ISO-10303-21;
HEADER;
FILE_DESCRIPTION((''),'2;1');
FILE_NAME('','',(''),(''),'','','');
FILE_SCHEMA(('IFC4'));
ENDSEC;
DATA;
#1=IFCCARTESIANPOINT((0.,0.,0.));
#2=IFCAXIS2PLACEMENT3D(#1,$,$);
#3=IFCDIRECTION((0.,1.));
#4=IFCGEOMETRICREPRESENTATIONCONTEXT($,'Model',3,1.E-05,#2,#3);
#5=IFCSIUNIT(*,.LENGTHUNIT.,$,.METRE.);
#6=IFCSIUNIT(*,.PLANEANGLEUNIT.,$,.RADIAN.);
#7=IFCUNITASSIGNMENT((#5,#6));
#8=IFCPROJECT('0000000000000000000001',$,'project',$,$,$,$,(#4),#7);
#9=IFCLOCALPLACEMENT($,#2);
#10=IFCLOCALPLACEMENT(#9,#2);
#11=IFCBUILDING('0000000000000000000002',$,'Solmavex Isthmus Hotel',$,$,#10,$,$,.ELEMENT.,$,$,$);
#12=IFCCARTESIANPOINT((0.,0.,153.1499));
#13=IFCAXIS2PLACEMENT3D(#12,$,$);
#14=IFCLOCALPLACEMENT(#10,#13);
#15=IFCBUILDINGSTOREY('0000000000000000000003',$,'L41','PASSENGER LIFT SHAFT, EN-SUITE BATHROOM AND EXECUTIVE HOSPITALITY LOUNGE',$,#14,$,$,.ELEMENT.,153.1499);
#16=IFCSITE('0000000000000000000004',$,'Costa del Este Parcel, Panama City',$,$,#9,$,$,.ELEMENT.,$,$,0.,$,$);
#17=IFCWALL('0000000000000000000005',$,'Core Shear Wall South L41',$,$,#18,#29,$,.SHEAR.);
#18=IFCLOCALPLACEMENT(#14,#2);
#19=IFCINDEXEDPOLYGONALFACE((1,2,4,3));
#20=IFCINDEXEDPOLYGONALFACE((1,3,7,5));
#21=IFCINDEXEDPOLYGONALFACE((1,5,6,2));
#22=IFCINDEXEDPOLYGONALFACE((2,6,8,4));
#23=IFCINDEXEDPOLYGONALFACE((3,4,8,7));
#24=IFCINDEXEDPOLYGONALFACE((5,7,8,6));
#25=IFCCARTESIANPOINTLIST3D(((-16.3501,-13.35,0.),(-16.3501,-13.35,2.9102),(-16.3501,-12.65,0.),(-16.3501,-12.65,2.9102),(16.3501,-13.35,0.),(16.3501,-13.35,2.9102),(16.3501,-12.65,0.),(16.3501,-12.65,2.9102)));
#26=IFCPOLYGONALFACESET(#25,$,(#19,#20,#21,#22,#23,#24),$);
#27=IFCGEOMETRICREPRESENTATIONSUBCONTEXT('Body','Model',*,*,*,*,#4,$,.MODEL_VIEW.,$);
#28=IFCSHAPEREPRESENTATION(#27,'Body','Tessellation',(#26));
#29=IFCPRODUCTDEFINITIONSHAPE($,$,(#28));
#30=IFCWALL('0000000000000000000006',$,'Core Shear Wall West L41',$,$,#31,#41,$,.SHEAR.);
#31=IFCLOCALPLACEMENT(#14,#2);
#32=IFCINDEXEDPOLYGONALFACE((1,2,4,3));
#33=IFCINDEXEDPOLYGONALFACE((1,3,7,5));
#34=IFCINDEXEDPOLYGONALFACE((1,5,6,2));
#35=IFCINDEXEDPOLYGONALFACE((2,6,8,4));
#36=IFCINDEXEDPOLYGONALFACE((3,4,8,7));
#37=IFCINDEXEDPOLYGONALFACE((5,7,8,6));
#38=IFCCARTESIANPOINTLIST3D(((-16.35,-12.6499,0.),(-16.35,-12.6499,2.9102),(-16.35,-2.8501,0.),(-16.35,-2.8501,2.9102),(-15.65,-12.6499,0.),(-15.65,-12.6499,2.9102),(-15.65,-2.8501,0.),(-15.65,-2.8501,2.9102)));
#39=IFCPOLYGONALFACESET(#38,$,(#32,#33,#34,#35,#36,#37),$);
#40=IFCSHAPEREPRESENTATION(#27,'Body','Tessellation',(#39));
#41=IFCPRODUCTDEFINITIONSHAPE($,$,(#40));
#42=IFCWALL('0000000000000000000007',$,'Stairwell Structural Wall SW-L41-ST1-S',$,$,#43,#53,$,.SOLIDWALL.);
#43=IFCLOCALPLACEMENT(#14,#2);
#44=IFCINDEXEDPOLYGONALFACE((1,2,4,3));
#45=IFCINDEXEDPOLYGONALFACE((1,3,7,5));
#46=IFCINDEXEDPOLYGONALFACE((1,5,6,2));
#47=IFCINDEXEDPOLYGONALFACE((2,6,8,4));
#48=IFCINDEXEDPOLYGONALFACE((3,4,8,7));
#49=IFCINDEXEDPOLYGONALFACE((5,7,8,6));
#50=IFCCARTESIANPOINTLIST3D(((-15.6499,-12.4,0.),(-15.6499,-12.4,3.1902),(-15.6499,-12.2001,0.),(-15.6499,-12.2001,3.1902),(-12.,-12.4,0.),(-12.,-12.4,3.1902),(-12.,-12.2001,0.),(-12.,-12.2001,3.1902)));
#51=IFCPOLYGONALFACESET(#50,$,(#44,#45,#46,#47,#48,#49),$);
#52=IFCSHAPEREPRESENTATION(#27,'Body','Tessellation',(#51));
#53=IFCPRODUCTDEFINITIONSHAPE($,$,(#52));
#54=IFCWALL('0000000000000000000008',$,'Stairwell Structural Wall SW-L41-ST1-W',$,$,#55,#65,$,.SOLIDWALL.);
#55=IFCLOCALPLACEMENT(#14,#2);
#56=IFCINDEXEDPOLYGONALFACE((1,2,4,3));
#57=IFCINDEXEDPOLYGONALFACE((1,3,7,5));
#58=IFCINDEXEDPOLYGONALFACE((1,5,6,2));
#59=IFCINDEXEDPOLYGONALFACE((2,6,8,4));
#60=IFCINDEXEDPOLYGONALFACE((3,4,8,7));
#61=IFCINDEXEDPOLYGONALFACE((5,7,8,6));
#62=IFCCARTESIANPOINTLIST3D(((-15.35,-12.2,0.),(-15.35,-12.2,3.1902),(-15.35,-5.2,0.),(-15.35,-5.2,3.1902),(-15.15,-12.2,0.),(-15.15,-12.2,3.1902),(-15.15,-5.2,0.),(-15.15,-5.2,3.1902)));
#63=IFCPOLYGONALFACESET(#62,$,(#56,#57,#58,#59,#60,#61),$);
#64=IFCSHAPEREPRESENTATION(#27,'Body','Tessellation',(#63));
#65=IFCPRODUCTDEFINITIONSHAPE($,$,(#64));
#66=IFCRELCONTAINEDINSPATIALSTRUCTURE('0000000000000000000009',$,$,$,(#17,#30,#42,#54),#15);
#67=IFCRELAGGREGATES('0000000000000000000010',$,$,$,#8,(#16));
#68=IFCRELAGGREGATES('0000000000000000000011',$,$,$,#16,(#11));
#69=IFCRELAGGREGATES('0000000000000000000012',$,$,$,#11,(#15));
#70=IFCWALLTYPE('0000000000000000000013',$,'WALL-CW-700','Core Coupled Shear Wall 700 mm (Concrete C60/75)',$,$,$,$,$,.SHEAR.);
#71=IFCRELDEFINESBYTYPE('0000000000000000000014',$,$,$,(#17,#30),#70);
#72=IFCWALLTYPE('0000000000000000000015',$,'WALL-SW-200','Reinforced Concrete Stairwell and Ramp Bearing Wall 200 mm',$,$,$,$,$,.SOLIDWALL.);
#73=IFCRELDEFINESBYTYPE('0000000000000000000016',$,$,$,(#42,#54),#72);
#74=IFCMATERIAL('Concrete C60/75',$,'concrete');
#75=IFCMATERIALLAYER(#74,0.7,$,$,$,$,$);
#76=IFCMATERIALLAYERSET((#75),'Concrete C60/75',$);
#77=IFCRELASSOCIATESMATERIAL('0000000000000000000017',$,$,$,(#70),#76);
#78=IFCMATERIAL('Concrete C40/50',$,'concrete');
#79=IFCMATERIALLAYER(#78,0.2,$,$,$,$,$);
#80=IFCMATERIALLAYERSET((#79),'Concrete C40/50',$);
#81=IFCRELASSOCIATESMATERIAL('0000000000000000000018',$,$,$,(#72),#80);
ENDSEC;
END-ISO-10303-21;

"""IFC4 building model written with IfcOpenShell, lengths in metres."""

from ifc_helpers import new_model, si_unit, direction, frame, frame_2d, origin, place, context, subcontext, project, spatial, rectangle, extrude, material, layer, layer_set, type_object, element, save


model = new_model("IFC4")

# Units and contexts
model_context = context("Model", 3, precision=1e-05, world=origin(), true_north=direction((0.0, 1.0)))
body_context = subcontext(model_context, "Body", "Model", "MODEL_VIEW")
ifc_project = project(units=[si_unit("LENGTHUNIT", "METRE"), si_unit("PLANEANGLEUNIT", "RADIAN")], contexts=[model_context])

# Site, building, storey
site_placement = place(None, origin())
site = spatial("IfcSite", under=ifc_project, at=site_placement, Name="Costa del Este Parcel, Panama City", CompositionType="ELEMENT", RefElevation=0.0)
building_placement = place(site_placement, origin())
building = spatial("IfcBuilding", under=site, at=building_placement, Name="Solmavex Isthmus Hotel", CompositionType="ELEMENT")
storey_placement = place(building_placement, frame((0.0, 0.0, 153.1499)))
storey = spatial("IfcBuildingStorey", under=building, at=storey_placement, Name="L41", Description="PASSENGER LIFT SHAFT, EN-SUITE BATHROOM AND EXECUTIVE HOSPITALITY LOUNGE", CompositionType="ELEMENT", Elevation=153.1499)

# Shared definitions
ifc_material_1 = material(Name="Concrete C60/75", Category="concrete")

# Walls
ifc_layer_1 = layer(ifc_material_1, 0.7)
ifc_layer_set_1 = layer_set([ifc_layer_1], Name="Concrete C60/75")
wall_type_1 = type_object("IfcWallType", Name="WALL-CW-700", Description="Core Coupled Shear Wall 700 mm (Concrete C60/75)", PredefinedType="SHEAR", material=ifc_layer_set_1)
wall_1_placement = place(storey_placement, frame((-16.3501, -13.0, 0.0), z_axis=(0.0, 0.0, 1.0), x_axis=(1.0, 0.0, 0.0)))
element("IfcWall", 1, at=wall_1_placement, inside=storey, type_object=wall_type_1, Name="Core Shear Wall South L41", PredefinedType="SHEAR", context=body_context, shape_type="SweptSolid", body=[
    extrude(rectangle(XDim=32.7002, YDim=0.7, at=frame_2d((16.3501, 0.0))), origin(), (0.0, 0.0, 1.0), 2.9102),
])
wall_2_placement = place(storey_placement, frame((-16.0, -12.6499, 0.0), z_axis=(0.0, 0.0, 1.0), x_axis=(0.0, 1.0, 0.0)))
element("IfcWall", 2, at=wall_2_placement, inside=storey, type_object=wall_type_1, Name="Core Shear Wall West L41", PredefinedType="SHEAR", context=body_context, shape_type="SweptSolid", body=[
    extrude(rectangle(XDim=9.7998, YDim=0.7, at=frame_2d((4.8999, 0.0))), origin(), (0.0, 0.0, 1.0), 2.9102),
])
ifc_material_2 = material(Name="Concrete C40/50", Category="concrete")
ifc_layer_2 = layer(ifc_material_2, 0.2)
ifc_layer_set_2 = layer_set([ifc_layer_2], Name="Concrete C40/50")
wall_type_2 = type_object("IfcWallType", Name="WALL-SW-200", Description="Reinforced Concrete Stairwell and Ramp Bearing Wall 200 mm", PredefinedType="SOLIDWALL", material=ifc_layer_set_2)
wall_3_placement = place(storey_placement, frame((-15.6499, -12.3, 0.0), z_axis=(0.0, 0.0, 1.0), x_axis=(1.0, 0.0, 0.0)))
element("IfcWall", 3, at=wall_3_placement, inside=storey, type_object=wall_type_2, Name="Stairwell Structural Wall SW-L41-ST1-S", PredefinedType="SOLIDWALL", context=body_context, shape_type="SweptSolid", body=[
    extrude(rectangle(XDim=3.6499, YDim=0.2, at=frame_2d((1.825, 0.0))), origin(), (0.0, 0.0, 1.0), 3.1902),
])
wall_4_placement = place(storey_placement, frame((-15.25, -12.2, 0.0), z_axis=(0.0, 0.0, 1.0), x_axis=(0.0, 1.0, 0.0)))
element("IfcWall", 4, at=wall_4_placement, inside=storey, type_object=wall_type_2, Name="Stairwell Structural Wall SW-L41-ST1-W", PredefinedType="SOLIDWALL", context=body_context, shape_type="SweptSolid", body=[
    extrude(rectangle(XDim=7.0, YDim=0.2, at=frame_2d((3.5, 0.0))), origin(), (0.0, 0.0, 1.0), 3.1902),
])

save(model, "model.ifc")
